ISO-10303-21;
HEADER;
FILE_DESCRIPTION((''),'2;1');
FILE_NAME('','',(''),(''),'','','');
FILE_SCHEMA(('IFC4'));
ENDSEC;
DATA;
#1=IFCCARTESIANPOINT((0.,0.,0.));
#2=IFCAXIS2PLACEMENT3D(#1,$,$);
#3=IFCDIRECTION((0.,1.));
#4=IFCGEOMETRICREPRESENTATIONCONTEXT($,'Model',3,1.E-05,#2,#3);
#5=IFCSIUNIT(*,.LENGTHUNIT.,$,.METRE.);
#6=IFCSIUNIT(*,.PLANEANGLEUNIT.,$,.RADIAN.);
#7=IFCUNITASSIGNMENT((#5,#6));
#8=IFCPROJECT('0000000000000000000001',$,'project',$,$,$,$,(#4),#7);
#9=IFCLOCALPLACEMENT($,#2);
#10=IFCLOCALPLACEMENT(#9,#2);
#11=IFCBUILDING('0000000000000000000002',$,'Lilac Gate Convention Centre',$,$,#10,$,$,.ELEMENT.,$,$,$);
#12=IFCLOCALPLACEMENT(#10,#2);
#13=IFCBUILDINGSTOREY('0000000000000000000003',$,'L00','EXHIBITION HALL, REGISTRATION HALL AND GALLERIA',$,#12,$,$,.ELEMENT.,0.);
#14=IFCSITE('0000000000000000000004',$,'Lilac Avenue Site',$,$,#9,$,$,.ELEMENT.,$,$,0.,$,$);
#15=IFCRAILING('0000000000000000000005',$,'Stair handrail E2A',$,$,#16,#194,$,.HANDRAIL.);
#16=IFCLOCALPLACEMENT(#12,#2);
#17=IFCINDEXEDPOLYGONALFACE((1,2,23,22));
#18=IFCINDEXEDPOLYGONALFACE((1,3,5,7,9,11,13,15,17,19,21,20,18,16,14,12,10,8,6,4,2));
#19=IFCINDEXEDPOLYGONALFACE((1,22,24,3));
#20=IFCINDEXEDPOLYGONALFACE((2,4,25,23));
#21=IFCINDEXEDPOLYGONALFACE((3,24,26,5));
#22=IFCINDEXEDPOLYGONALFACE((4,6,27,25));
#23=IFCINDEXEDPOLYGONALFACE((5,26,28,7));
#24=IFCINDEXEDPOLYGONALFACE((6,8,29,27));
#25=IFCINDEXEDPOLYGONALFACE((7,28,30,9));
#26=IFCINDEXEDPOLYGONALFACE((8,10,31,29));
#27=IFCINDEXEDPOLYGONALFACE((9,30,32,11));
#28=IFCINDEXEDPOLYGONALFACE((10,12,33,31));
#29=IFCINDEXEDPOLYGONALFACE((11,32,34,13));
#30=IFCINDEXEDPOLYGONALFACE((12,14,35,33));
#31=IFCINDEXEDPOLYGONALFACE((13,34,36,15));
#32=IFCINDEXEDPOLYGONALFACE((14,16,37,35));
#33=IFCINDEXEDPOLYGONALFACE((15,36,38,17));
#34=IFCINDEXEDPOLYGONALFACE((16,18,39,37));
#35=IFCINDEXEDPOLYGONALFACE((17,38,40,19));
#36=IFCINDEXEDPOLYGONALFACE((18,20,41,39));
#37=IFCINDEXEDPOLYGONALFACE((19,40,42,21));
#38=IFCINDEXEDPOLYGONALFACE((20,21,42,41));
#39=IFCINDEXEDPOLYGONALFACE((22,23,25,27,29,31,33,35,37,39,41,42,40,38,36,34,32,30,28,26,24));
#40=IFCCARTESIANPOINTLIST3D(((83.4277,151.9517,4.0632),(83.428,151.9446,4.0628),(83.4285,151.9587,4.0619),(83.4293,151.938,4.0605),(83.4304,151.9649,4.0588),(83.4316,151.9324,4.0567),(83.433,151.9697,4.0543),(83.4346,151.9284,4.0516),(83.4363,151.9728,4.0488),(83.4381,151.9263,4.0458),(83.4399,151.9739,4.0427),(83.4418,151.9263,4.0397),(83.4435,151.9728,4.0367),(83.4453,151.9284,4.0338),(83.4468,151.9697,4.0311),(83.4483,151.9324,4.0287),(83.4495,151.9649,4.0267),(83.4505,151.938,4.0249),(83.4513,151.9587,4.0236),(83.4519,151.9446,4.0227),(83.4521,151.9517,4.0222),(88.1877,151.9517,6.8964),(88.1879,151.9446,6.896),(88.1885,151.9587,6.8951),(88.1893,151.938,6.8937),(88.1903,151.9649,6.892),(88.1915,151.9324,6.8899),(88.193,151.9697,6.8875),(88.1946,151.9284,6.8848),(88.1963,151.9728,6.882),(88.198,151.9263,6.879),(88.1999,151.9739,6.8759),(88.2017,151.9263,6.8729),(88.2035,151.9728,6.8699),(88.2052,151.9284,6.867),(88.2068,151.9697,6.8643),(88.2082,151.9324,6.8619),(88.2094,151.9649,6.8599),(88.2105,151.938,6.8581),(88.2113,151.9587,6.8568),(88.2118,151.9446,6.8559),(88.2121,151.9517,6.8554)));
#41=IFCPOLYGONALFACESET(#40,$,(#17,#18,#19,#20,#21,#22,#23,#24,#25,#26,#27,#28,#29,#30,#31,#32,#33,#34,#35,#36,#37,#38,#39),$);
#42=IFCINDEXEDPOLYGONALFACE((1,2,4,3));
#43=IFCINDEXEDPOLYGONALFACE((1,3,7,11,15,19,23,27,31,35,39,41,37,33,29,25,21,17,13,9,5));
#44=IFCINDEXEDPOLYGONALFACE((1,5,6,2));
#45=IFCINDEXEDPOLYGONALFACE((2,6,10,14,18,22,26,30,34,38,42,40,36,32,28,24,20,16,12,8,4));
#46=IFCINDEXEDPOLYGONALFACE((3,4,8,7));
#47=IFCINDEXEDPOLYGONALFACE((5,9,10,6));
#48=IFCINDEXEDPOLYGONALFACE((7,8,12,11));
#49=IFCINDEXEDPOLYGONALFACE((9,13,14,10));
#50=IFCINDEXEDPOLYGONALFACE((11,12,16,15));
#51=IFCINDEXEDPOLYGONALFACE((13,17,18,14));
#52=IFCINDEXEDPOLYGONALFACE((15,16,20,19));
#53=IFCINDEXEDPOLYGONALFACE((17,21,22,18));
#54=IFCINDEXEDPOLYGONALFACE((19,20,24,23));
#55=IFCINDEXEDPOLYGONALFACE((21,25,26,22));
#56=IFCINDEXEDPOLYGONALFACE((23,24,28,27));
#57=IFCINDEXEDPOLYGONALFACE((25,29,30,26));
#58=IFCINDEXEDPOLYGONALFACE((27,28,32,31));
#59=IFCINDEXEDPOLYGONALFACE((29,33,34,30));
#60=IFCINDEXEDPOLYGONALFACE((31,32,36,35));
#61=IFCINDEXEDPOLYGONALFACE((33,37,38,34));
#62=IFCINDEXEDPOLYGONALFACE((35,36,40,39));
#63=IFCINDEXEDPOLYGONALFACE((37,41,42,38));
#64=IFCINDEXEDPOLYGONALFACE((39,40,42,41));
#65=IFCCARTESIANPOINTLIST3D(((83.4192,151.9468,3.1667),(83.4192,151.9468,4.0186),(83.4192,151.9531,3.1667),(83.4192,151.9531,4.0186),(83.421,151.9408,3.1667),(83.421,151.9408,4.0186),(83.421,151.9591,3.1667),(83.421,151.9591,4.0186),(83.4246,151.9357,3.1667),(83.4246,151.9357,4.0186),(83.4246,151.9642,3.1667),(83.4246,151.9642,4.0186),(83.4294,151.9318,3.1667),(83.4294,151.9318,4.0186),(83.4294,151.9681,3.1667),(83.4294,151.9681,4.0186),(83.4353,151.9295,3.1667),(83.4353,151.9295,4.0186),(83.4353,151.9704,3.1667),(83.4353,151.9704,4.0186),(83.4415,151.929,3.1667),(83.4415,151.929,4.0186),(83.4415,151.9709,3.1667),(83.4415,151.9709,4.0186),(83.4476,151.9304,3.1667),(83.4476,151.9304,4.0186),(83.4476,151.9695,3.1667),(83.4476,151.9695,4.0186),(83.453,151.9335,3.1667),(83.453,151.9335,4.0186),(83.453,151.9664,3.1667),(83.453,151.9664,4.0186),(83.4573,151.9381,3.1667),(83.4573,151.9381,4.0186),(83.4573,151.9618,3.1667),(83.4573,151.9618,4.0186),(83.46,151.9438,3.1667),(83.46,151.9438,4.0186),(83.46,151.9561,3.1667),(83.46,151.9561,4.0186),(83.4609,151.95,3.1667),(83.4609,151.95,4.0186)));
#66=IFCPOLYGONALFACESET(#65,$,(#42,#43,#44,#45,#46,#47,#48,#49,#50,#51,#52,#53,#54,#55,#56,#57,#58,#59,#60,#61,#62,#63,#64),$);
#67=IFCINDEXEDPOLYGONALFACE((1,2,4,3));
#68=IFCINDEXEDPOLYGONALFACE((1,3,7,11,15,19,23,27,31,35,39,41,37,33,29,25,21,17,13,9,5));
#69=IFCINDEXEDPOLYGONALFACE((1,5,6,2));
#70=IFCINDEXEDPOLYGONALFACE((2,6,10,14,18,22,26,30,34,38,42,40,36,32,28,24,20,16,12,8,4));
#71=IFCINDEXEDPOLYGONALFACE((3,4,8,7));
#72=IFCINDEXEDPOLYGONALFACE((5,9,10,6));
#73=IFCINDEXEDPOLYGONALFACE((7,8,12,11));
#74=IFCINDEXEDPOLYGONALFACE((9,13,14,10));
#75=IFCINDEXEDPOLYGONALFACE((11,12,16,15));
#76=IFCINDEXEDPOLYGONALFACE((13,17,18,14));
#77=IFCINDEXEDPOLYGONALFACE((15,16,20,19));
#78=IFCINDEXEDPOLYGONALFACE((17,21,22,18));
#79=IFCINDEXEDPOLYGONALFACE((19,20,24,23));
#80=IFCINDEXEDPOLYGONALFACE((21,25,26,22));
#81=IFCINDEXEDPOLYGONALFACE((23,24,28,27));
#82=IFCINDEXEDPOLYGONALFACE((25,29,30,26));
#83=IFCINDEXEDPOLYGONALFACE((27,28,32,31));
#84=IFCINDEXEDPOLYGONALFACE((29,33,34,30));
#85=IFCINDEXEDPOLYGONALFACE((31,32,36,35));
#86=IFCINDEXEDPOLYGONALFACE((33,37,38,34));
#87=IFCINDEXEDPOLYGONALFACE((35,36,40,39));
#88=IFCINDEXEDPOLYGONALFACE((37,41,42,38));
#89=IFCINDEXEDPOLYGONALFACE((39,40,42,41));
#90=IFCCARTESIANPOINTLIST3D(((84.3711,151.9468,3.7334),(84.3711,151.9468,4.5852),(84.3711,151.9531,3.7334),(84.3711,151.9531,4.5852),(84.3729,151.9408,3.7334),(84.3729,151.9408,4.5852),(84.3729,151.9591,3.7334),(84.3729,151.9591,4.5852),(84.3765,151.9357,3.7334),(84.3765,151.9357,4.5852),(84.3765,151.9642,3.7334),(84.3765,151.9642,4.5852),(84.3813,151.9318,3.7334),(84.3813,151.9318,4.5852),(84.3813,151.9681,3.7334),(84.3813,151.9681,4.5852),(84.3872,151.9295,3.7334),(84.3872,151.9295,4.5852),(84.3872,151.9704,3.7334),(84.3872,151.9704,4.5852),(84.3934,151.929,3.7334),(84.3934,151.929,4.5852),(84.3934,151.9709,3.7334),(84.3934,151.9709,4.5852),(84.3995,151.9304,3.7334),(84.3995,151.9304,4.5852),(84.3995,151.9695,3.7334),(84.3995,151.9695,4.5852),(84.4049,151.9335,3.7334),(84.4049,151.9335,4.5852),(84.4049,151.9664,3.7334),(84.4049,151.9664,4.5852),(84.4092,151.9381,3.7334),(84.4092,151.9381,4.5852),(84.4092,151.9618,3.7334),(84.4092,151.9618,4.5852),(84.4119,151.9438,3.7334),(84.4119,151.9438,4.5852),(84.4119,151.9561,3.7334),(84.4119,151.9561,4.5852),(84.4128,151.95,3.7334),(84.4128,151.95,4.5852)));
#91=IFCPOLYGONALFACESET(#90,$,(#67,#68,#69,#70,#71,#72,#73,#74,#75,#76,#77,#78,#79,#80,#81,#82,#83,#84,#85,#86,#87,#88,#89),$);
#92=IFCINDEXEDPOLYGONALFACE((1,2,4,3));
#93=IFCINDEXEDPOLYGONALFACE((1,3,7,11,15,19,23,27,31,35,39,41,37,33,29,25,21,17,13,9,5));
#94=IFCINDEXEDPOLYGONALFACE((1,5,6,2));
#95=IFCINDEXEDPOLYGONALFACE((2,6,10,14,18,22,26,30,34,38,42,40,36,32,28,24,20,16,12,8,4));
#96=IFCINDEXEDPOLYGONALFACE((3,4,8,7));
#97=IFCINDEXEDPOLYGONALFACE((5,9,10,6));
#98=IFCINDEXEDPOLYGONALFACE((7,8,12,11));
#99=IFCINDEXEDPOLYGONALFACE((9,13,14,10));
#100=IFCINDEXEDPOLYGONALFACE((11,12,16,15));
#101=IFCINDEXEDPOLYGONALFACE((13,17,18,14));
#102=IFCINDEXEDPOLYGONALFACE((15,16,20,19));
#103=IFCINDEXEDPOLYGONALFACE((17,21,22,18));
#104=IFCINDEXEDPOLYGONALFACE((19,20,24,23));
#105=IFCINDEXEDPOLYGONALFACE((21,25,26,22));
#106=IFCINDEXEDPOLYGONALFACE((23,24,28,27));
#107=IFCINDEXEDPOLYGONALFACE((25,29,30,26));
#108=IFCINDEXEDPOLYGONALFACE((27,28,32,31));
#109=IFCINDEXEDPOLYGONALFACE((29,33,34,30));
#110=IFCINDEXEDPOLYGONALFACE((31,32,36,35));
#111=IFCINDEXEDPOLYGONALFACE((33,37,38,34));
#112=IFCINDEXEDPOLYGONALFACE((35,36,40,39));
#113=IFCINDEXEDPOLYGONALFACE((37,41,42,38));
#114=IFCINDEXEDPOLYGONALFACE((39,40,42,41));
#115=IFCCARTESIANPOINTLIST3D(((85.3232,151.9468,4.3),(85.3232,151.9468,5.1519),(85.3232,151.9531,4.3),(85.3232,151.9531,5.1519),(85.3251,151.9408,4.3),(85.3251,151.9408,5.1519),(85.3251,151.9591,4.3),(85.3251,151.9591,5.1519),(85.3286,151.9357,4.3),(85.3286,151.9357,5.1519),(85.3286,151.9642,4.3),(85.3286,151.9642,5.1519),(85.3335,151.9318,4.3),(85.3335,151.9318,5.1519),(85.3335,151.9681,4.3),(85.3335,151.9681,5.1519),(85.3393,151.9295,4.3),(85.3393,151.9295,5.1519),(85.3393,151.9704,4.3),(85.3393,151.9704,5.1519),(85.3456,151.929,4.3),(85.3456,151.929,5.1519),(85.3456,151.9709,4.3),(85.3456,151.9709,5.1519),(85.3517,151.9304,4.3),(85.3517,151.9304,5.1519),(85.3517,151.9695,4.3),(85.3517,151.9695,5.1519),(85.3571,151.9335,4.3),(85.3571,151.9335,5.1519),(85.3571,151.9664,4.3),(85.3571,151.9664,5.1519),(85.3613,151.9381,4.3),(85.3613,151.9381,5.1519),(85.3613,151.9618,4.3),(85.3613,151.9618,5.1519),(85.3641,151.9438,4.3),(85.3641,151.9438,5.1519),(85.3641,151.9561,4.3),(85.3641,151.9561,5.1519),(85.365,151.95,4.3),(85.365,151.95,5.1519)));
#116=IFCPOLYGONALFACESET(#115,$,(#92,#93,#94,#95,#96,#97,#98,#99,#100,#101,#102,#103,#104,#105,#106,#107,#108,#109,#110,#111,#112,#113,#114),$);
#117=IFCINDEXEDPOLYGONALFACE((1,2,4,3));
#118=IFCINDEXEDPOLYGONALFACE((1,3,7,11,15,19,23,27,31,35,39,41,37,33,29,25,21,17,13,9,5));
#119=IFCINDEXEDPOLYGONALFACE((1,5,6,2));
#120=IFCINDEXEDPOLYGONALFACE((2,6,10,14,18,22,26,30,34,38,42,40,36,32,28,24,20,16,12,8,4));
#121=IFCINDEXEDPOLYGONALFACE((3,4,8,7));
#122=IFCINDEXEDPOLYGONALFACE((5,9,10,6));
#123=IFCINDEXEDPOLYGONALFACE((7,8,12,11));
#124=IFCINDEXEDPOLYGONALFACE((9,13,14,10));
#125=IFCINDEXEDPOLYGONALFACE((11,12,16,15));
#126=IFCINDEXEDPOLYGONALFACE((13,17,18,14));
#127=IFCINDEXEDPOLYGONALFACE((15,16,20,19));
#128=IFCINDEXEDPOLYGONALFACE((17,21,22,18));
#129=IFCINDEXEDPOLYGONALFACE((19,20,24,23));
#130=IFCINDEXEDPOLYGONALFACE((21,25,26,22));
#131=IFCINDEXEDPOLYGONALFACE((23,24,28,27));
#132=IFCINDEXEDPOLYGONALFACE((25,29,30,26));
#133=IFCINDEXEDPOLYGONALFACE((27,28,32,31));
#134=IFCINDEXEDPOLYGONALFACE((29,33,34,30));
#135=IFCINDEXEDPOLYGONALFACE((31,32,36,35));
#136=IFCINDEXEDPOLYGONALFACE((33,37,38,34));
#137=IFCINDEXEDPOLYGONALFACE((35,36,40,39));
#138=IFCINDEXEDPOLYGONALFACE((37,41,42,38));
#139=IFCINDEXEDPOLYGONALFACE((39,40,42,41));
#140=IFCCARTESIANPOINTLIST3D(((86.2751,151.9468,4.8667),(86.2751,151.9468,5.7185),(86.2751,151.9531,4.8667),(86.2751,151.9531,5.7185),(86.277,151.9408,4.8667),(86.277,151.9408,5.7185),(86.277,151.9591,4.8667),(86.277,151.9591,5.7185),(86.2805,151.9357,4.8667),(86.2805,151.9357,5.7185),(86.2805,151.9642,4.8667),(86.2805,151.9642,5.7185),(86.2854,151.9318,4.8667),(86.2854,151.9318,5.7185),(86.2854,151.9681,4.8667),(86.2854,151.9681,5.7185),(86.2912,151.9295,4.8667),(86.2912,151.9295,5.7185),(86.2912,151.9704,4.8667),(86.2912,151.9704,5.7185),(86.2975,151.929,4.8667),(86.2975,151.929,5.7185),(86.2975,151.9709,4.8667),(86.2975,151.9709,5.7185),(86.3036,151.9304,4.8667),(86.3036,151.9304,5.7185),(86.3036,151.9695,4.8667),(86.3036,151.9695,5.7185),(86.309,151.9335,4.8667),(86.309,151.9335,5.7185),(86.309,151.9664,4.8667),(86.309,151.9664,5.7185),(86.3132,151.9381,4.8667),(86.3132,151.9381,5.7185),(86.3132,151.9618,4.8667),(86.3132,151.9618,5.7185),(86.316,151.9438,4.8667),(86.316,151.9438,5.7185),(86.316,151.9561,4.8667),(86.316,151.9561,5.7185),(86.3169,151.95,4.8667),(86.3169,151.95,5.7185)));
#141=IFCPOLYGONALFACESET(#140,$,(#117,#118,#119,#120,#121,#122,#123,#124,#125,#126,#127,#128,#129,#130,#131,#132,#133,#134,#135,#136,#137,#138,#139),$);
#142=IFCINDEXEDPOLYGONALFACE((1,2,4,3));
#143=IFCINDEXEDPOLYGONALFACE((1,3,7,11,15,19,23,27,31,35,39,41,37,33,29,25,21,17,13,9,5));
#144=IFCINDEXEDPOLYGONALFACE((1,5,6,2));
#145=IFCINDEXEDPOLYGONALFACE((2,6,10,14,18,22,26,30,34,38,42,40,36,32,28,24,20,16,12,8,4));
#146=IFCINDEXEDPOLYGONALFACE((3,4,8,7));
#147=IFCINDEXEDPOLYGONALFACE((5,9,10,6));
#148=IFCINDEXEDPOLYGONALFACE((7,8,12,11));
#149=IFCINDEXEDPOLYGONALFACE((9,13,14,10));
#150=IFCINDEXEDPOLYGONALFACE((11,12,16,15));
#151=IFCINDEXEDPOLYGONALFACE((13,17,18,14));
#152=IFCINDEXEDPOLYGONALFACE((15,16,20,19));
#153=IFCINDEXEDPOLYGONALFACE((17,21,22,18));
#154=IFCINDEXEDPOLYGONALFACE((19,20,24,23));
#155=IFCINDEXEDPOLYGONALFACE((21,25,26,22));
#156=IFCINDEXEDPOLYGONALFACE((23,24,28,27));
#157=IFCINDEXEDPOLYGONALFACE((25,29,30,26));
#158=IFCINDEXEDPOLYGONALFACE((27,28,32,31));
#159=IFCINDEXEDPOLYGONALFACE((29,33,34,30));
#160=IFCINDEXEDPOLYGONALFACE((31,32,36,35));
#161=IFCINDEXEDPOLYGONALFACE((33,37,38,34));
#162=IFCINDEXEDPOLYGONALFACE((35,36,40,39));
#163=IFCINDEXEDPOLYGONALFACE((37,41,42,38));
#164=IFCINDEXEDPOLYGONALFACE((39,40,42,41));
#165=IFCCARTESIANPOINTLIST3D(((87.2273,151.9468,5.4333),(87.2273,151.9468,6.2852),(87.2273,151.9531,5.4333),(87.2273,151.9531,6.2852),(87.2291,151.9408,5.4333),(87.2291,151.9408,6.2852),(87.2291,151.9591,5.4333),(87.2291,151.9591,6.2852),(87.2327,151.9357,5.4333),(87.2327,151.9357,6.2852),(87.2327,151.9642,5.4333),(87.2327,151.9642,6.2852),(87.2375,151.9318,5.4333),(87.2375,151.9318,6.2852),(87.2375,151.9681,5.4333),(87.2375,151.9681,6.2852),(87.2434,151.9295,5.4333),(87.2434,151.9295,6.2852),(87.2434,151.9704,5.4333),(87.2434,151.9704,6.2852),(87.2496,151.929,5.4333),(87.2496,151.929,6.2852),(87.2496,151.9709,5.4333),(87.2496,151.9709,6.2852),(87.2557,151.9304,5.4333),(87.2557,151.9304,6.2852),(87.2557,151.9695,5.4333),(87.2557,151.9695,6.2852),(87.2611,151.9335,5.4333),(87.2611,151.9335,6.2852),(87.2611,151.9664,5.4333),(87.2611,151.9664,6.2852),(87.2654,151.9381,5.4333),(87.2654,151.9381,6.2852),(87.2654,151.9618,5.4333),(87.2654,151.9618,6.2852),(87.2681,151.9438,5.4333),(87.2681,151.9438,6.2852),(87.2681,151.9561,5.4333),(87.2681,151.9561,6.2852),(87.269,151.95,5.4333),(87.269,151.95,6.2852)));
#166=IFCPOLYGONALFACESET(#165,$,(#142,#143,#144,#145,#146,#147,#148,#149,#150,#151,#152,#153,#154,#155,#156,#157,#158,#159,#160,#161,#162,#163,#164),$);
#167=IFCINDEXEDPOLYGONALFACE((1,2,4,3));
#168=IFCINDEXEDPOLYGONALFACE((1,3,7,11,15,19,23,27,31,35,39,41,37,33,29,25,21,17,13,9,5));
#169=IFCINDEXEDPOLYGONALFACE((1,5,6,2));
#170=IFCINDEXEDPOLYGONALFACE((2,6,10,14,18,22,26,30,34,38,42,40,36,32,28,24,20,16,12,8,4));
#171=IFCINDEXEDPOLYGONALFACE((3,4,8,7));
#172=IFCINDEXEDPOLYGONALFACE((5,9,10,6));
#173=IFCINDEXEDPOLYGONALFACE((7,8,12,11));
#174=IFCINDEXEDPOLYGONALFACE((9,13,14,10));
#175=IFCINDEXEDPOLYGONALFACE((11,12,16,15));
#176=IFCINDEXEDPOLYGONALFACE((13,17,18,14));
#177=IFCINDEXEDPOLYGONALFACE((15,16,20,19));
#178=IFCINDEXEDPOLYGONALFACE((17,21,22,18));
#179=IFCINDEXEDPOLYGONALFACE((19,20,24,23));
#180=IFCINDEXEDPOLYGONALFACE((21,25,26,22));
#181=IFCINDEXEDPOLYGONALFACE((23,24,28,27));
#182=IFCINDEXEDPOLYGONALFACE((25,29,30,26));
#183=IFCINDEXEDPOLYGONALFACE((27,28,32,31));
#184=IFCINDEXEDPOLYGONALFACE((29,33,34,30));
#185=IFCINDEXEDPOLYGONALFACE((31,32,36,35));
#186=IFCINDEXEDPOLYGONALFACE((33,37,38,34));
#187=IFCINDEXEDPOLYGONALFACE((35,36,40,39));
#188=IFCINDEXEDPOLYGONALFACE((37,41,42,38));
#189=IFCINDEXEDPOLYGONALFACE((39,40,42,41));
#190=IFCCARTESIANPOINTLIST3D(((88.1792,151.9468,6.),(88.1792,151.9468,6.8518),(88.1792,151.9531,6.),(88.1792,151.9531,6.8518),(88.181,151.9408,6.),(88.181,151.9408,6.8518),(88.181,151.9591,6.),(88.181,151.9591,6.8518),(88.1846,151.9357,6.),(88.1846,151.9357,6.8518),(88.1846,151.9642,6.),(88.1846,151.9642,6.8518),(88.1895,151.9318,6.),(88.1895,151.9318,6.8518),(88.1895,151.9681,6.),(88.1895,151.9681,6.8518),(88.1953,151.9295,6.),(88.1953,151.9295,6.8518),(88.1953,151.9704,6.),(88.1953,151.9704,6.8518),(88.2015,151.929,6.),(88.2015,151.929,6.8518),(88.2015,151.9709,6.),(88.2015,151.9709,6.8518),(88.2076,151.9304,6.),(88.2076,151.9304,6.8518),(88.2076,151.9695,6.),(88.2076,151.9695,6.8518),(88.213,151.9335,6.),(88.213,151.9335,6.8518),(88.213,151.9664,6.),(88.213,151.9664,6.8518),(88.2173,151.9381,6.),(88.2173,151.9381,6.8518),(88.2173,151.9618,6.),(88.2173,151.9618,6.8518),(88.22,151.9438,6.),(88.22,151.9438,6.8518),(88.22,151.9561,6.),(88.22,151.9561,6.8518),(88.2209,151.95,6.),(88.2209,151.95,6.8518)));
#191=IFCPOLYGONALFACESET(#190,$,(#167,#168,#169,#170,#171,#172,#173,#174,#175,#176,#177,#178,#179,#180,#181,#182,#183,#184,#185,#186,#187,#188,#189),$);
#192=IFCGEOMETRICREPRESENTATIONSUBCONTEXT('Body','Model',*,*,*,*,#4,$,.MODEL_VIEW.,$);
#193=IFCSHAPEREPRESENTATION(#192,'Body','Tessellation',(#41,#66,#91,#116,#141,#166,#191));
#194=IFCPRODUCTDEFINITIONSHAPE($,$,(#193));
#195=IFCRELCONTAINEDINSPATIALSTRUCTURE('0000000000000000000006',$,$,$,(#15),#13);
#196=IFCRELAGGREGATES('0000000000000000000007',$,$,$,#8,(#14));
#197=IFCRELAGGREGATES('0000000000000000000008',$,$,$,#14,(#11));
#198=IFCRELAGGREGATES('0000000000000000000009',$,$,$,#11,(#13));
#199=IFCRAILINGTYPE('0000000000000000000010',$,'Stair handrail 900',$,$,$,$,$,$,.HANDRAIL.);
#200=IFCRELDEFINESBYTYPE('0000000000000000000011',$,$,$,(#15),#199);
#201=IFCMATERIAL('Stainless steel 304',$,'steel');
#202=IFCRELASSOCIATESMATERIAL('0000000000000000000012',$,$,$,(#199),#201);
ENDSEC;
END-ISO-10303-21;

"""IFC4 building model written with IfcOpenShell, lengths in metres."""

from ifc_helpers import new_model, si_unit, direction, frame, origin, origin_2d, place, context, subcontext, project, spatial, circle, extrude, material, type_object, element, save


model = new_model("IFC4")

# Units and contexts
model_context = context("Model", 3, precision=1e-05, world=origin(), true_north=direction((0.0, 1.0)))
body_context = subcontext(model_context, "Body", "Model", "MODEL_VIEW")
ifc_project = project(units=[si_unit("LENGTHUNIT", "METRE"), si_unit("PLANEANGLEUNIT", "RADIAN")], contexts=[model_context])

# Site, building, storey
site_placement = place(None, origin())
site = spatial("IfcSite", under=ifc_project, at=site_placement, Name="Lilac Avenue Site", CompositionType="ELEMENT", RefElevation=0.0)
building_placement = place(site_placement, origin())
building = spatial("IfcBuilding", under=site, at=building_placement, Name="Lilac Gate Convention Centre", CompositionType="ELEMENT")
storey_placement = place(building_placement, origin())
storey = spatial("IfcBuildingStorey", under=building, at=storey_placement, Name="L00", Description="EXHIBITION HALL, REGISTRATION HALL AND GALLERIA", CompositionType="ELEMENT", Elevation=0.0)

# Shared definitions
ifc_material_1 = material(Name="Stainless steel 304", Category="steel")

# Railing
railing_type = type_object("IfcRailingType", Name="Stair handrail 900", PredefinedType="HANDRAIL", material=ifc_material_1)
railing_placement = place(storey_placement, frame((83.4399, 151.95, 3.1667)))
element("IfcRailing", 1, at=railing_placement, inside=storey, type_object=railing_type, Name="Stair handrail E2A", PredefinedType="HANDRAIL", context=body_context, shape_type="SweptSolid", body=[
    extrude(circle(Radius=0.0239, at=origin_2d()), frame((0.0, 0.0, 0.876), z_axis=(0.8593, 0.0, 0.511472), x_axis=(0.0, 1.0, 0.0)), (0.0, 0.0, 1.0), 5.5393),
    extrude(circle(Radius=0.021, at=origin_2d()), origin(), (0.0, 0.0, 1.0), 0.8518),
    extrude(circle(Radius=0.021, at=origin_2d()), frame((0.9519, 0.0, 0.5667)), (0.0, 0.0, 1.0), 0.8518),
    extrude(circle(Radius=0.021, at=origin_2d()), frame((1.9041, 0.0, 1.1333)), (0.0, 0.0, 1.0), 0.8518),
    extrude(circle(Radius=0.021, at=origin_2d()), frame((2.856, 0.0, 1.7)), (0.0, 0.0, 1.0), 0.8518),
    extrude(circle(Radius=0.021, at=origin_2d()), frame((3.8081, 0.0, 2.2666)), (0.0, 0.0, 1.0), 0.8518),
    extrude(circle(Radius=0.021, at=origin_2d()), frame((4.76, 0.0, 2.8333)), (0.0, 0.0, 1.0), 0.8518),
])

save(model, "model.ifc")
